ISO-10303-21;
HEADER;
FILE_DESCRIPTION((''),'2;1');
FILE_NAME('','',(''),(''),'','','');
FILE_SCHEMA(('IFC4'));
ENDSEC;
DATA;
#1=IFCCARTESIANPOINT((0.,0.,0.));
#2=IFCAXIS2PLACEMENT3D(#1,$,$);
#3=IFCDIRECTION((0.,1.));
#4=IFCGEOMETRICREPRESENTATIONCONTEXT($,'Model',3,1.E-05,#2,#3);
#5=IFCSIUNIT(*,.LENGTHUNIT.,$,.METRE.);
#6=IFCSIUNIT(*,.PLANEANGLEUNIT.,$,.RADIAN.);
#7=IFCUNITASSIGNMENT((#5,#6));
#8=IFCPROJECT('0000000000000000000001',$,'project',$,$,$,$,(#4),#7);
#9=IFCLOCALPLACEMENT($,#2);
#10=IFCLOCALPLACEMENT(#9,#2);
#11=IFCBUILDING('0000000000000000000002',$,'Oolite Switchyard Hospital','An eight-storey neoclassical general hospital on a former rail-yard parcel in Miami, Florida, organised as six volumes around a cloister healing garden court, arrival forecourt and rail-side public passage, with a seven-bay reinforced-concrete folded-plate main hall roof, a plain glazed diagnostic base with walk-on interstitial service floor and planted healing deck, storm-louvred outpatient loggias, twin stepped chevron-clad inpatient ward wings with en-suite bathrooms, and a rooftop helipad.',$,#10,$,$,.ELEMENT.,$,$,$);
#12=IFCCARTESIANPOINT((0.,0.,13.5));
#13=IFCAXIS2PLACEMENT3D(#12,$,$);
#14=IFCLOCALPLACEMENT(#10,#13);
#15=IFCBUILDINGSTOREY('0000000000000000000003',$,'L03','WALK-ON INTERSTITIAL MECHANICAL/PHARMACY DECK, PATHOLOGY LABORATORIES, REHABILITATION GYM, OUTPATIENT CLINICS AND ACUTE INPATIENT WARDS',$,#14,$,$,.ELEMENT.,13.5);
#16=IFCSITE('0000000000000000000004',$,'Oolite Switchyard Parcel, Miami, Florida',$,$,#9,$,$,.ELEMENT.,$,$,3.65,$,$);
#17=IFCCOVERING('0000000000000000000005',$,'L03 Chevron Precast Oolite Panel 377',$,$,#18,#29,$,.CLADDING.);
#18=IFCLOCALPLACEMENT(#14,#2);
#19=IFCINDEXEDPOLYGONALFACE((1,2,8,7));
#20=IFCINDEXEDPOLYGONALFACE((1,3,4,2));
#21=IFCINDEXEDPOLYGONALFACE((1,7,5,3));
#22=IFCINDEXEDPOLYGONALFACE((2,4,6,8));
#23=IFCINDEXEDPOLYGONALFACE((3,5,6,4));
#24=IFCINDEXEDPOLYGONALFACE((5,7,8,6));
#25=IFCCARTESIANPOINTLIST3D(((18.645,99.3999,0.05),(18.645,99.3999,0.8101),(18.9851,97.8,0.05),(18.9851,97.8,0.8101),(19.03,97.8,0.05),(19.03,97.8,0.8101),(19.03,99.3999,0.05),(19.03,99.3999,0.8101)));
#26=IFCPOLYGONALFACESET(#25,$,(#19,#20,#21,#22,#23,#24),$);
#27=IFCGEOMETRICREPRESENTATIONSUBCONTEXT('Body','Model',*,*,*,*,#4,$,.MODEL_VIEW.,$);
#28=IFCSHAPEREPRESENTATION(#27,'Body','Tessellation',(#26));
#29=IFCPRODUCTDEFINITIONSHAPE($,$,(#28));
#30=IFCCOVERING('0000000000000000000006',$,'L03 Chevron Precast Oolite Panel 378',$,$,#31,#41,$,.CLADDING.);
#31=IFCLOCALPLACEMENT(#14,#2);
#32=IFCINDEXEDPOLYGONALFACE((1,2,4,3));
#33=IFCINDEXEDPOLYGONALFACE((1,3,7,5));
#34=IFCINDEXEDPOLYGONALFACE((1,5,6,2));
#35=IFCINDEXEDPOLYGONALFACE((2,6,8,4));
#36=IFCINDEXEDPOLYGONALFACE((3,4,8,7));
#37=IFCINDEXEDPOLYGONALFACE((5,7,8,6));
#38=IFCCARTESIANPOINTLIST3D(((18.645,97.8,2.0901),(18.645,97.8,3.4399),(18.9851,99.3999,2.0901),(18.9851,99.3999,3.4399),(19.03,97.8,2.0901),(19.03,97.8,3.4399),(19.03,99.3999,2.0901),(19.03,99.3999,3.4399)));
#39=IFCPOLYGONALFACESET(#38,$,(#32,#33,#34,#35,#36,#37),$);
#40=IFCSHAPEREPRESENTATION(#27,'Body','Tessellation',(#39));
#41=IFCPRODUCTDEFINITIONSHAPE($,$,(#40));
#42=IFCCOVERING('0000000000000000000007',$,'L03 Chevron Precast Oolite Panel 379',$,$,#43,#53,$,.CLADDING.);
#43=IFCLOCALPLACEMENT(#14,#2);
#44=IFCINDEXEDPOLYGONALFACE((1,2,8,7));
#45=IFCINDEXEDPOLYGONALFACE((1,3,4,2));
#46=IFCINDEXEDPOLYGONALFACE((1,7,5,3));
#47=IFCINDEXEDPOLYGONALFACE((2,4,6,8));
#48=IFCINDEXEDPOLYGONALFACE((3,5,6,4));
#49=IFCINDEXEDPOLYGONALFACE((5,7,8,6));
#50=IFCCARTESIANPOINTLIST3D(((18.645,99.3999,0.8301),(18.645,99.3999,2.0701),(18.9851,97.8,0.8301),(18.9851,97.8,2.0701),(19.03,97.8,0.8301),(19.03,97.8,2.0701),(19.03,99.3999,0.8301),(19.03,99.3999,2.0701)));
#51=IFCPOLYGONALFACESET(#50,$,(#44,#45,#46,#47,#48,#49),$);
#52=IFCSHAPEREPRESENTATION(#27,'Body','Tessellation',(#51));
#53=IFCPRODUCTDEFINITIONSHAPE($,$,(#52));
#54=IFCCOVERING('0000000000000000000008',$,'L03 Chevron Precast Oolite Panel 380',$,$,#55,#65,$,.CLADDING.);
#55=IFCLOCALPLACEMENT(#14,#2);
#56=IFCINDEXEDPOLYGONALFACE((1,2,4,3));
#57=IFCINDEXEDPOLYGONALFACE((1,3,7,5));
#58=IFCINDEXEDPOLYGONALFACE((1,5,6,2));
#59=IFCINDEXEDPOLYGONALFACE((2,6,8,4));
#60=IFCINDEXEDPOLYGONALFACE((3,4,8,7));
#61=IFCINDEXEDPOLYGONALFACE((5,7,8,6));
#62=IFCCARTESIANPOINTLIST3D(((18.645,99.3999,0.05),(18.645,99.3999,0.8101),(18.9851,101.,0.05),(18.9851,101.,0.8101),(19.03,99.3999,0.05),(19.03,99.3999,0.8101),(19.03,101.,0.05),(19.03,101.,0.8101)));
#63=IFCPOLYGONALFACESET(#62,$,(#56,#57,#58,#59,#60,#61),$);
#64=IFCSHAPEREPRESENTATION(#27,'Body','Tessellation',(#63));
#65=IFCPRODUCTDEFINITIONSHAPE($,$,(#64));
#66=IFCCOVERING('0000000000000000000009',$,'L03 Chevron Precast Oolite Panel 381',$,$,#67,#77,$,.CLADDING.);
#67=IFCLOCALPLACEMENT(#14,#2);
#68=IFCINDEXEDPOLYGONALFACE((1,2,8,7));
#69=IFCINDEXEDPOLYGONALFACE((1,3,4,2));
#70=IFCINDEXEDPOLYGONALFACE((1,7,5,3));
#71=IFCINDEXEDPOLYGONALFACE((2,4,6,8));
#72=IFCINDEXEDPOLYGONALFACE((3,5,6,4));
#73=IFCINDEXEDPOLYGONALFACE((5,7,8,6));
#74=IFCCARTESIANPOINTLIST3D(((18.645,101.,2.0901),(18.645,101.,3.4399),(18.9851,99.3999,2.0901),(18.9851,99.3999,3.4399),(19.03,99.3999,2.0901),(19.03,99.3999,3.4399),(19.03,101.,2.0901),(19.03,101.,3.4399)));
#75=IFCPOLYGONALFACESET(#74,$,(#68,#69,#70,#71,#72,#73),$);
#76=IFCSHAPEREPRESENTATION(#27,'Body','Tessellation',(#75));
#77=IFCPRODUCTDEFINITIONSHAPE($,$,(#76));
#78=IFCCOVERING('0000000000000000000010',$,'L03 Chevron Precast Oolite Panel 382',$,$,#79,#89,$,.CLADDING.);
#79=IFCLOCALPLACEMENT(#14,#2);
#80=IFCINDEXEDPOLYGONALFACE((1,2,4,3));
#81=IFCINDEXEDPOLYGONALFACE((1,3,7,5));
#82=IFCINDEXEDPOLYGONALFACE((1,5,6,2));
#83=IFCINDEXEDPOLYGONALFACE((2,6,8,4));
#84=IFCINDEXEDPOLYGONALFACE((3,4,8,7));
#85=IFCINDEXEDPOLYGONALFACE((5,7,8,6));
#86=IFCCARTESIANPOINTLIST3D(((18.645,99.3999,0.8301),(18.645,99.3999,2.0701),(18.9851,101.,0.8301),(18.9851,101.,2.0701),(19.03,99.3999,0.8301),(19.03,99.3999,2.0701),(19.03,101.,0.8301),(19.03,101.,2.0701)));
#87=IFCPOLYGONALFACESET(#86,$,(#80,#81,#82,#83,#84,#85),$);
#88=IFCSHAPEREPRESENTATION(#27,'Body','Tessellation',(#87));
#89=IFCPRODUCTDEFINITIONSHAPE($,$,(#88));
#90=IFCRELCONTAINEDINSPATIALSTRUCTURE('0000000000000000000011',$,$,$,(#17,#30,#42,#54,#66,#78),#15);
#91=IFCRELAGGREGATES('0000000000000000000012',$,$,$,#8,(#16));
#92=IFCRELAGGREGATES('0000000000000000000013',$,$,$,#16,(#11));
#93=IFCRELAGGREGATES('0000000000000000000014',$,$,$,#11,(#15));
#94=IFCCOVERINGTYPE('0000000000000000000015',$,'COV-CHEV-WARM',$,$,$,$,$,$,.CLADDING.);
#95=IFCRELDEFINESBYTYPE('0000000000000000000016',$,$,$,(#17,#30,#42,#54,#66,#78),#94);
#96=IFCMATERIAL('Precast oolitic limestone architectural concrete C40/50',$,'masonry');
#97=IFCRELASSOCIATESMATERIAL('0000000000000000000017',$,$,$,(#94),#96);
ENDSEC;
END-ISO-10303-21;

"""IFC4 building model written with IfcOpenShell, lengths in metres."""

from ifc_helpers import new_model, si_unit, direction, frame, origin, place, context, subcontext, project, spatial, polyline, outline, extrude, material, type_object, element, save


model = new_model("IFC4")

# Units and contexts
model_context = context("Model", 3, precision=1e-05, world=origin(), true_north=direction((0.0, 1.0)))
body_context = subcontext(model_context, "Body", "Model", "MODEL_VIEW")
ifc_project = project(units=[si_unit("LENGTHUNIT", "METRE"), si_unit("PLANEANGLEUNIT", "RADIAN")], contexts=[model_context])

# Site, building, storey
site_placement = place(None, origin())
site = spatial("IfcSite", under=ifc_project, at=site_placement, Name="Oolite Switchyard Parcel, Miami, Florida", CompositionType="ELEMENT", RefElevation=3.65)
building_placement = place(site_placement, origin())
building = spatial("IfcBuilding", under=site, at=building_placement, Name="Oolite Switchyard Hospital", Description="An eight-storey neoclassical general hospital on a former rail-yard parcel in Miami, Florida, organised as six volumes around a cloister healing garden court, arrival forecourt and rail-side public passage, with a seven-bay reinforced-concrete folded-plate main hall roof, a plain glazed diagnostic base with walk-on interstitial service floor and planted healing deck, storm-louvred outpatient loggias, twin stepped chevron-clad inpatient ward wings with en-suite bathrooms, and a rooftop helipad.", CompositionType="ELEMENT")
storey_placement = place(building_placement, frame((0.0, 0.0, 13.5)))
storey = spatial("IfcBuildingStorey", under=building, at=storey_placement, Name="L03", Description="WALK-ON INTERSTITIAL MECHANICAL/PHARMACY DECK, PATHOLOGY LABORATORIES, REHABILITATION GYM, OUTPATIENT CLINICS AND ACUTE INPATIENT WARDS", CompositionType="ELEMENT", Elevation=13.5)

# Shared definitions
ifc_material_1 = material(Name="Precast oolitic limestone architectural concrete C40/50", Category="masonry")

# Coverings
covering_type = type_object("IfcCoveringType", Name="COV-CHEV-WARM", PredefinedType="CLADDING", material=ifc_material_1)
covering_1_placement = place(storey_placement, frame((19.03, 97.8, 0.05), z_axis=(0.0, 0.0, 1.0), x_axis=(0.0, 1.0, 0.0)))
element("IfcCovering", 1, at=covering_1_placement, inside=storey, type_object=covering_type, Name="L03 Chevron Precast Oolite Panel 377", PredefinedType="CLADDING", context=body_context, shape_type="SweptSolid", body=[
    extrude(outline(polyline([(0.0, 0.0), (1.5999, 0.0), (1.5999, 0.385), (0.0, 0.0449), (0.0, 0.0)])), origin(), (0.0, 0.0, 1.0), 0.76),
])
covering_2_placement = place(storey_placement, frame((19.03, 97.8, 2.0901), z_axis=(0.0, 0.0, 1.0), x_axis=(0.0, 1.0, 0.0)))
element("IfcCovering", 2, at=covering_2_placement, inside=storey, type_object=covering_type, Name="L03 Chevron Precast Oolite Panel 378", PredefinedType="CLADDING", context=body_context, shape_type="SweptSolid", body=[
    extrude(outline(polyline([(0.0, 0.0), (1.5999, 0.0), (1.5999, 0.0449), (0.0, 0.385), (0.0, 0.0)])), origin(), (0.0, 0.0, 1.0), 1.3499),
])
covering_3_placement = place(storey_placement, frame((19.03, 97.8, 0.8301), z_axis=(0.0, 0.0, 1.0), x_axis=(0.0, 1.0, 0.0)))
element("IfcCovering", 3, at=covering_3_placement, inside=storey, type_object=covering_type, Name="L03 Chevron Precast Oolite Panel 379", PredefinedType="CLADDING", context=body_context, shape_type="SweptSolid", body=[
    extrude(outline(polyline([(0.0, 0.0), (1.5999, 0.0), (1.5999, 0.385), (0.0, 0.0449), (0.0, 0.0)])), origin(), (0.0, 0.0, 1.0), 1.24),
])
covering_4_placement = place(storey_placement, frame((19.03, 99.3999, 0.05), z_axis=(0.0, 0.0, 1.0), x_axis=(0.0, 1.0, 0.0)))
element("IfcCovering", 4, at=covering_4_placement, inside=storey, type_object=covering_type, Name="L03 Chevron Precast Oolite Panel 380", PredefinedType="CLADDING", context=body_context, shape_type="SweptSolid", body=[
    extrude(outline(polyline([(0.0, 0.0), (1.6001, 0.0), (1.6001, 0.0449), (0.0, 0.385), (0.0, 0.0)])), origin(), (0.0, 0.0, 1.0), 0.76),
])
covering_5_placement = place(storey_placement, frame((19.03, 99.3999, 2.0901), z_axis=(0.0, 0.0, 1.0), x_axis=(0.0, 1.0, 0.0)))
element("IfcCovering", 5, at=covering_5_placement, inside=storey, type_object=covering_type, Name="L03 Chevron Precast Oolite Panel 381", PredefinedType="CLADDING", context=body_context, shape_type="SweptSolid", body=[
    extrude(outline(polyline([(0.0, 0.0), (1.6001, 0.0), (1.6001, 0.385), (0.0, 0.0449), (0.0, 0.0)])), origin(), (0.0, 0.0, 1.0), 1.3499),
])
covering_6_placement = place(storey_placement, frame((19.03, 99.3999, 0.8301), z_axis=(0.0, 0.0, 1.0), x_axis=(0.0, 1.0, 0.0)))
element("IfcCovering", 6, at=covering_6_placement, inside=storey, type_object=covering_type, Name="L03 Chevron Precast Oolite Panel 382", PredefinedType="CLADDING", context=body_context, shape_type="SweptSolid", body=[
    extrude(outline(polyline([(0.0, 0.0), (1.6001, 0.0), (1.6001, 0.0449), (0.0, 0.385), (0.0, 0.0)])), origin(), (0.0, 0.0, 1.0), 1.24),
])

save(model, "model.ifc")
